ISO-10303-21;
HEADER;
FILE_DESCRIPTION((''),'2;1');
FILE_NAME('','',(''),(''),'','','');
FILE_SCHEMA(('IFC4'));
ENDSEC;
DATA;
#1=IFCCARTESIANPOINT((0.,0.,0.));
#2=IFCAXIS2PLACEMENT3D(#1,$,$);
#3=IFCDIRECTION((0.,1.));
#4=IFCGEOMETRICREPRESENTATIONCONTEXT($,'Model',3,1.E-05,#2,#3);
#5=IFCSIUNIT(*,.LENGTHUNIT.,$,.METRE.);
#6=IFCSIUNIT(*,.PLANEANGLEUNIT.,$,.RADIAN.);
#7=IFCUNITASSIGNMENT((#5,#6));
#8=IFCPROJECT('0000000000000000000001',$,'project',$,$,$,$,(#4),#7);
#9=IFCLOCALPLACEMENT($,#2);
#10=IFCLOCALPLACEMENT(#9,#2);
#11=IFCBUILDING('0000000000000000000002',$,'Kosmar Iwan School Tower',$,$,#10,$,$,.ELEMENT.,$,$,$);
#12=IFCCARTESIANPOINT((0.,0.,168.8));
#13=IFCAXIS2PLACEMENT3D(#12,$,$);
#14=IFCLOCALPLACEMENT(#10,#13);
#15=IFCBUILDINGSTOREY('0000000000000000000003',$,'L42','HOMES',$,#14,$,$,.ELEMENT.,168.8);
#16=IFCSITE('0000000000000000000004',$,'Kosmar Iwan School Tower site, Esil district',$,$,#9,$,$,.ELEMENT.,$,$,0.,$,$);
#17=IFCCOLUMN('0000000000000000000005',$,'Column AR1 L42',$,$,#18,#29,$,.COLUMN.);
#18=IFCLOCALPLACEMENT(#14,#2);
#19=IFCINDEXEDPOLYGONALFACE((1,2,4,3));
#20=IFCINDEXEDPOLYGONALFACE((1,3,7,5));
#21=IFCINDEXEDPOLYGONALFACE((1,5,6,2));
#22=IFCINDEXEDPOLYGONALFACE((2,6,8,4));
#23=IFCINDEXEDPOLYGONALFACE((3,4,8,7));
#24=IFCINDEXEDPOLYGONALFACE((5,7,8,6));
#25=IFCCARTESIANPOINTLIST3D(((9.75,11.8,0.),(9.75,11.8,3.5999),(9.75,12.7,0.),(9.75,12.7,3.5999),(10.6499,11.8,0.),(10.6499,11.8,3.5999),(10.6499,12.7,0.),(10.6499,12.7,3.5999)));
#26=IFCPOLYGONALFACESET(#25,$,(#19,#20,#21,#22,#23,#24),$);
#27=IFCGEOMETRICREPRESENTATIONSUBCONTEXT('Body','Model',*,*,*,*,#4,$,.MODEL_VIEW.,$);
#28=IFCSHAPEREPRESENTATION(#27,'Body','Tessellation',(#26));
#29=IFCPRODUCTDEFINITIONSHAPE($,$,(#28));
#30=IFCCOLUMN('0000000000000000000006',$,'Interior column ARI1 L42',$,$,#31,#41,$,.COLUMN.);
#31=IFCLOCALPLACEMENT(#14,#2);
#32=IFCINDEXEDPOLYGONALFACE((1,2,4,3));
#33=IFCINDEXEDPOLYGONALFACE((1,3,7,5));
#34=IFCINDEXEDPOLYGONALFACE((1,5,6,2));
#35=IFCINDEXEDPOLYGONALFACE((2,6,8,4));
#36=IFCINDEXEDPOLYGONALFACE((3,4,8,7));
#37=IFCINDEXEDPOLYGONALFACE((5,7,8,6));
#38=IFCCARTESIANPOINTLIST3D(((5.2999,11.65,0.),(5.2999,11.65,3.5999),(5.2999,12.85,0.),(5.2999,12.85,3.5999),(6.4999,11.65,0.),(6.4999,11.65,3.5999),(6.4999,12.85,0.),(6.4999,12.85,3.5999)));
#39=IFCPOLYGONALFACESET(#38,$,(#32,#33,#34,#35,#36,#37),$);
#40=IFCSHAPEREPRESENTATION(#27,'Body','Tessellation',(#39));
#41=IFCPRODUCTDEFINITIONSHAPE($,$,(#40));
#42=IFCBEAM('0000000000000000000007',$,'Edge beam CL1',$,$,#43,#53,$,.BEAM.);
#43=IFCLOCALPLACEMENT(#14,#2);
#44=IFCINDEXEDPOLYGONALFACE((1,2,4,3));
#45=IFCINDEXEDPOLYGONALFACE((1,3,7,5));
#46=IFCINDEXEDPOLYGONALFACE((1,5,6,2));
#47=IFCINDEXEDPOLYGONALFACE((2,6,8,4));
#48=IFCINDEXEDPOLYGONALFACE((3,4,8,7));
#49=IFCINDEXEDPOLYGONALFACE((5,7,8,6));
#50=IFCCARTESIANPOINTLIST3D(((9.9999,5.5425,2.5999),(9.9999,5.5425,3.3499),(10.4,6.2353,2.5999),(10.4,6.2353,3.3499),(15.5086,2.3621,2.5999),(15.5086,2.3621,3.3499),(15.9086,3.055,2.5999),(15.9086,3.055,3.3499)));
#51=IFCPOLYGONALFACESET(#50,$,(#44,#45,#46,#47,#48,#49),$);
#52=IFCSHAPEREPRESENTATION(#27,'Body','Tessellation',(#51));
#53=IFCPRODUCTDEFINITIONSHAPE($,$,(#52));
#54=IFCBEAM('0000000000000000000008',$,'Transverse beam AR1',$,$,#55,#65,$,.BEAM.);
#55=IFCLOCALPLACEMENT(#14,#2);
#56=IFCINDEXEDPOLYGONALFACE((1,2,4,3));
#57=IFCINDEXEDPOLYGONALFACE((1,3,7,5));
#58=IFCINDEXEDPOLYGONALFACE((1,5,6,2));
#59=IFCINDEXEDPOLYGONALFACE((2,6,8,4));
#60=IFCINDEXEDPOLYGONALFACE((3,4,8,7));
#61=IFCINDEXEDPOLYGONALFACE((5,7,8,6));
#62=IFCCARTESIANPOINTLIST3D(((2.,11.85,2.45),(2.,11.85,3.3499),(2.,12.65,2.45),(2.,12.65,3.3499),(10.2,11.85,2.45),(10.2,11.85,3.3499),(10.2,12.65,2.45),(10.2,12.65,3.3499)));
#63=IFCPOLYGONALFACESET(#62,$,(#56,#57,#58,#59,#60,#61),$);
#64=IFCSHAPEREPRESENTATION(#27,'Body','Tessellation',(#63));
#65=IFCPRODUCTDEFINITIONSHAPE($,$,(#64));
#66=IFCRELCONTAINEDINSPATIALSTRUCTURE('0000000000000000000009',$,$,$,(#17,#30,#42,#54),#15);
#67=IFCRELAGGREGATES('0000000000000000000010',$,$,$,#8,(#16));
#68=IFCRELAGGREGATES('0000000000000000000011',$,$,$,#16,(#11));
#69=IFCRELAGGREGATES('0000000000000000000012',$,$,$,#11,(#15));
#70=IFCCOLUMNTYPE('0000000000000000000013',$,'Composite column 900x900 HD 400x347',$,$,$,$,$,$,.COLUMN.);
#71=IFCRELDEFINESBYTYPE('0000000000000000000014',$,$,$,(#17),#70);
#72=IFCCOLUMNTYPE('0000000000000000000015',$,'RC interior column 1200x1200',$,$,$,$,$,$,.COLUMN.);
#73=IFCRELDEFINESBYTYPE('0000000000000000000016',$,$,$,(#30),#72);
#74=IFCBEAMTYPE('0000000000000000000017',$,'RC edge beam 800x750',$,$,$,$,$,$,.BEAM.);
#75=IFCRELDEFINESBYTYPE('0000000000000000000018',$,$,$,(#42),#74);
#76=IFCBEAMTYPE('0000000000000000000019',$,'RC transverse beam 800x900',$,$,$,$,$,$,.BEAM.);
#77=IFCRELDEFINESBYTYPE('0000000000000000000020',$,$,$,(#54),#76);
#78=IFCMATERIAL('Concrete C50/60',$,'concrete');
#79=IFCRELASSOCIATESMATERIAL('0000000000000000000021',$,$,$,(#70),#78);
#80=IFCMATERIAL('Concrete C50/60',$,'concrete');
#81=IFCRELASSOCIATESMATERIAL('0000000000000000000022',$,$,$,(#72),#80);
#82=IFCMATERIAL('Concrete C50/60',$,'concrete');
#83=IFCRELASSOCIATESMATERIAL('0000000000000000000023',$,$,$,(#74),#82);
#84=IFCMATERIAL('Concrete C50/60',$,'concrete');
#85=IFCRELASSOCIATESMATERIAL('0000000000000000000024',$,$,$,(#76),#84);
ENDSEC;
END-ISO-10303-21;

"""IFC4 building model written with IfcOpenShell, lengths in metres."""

from ifc_helpers import new_model, si_unit, direction, frame, origin, origin_2d, place, context, subcontext, project, spatial, rectangle, extrude, material, material_profile, profile_set, type_object, element, save


model = new_model("IFC4")

# Units and contexts
model_context = context("Model", 3, precision=1e-05, world=origin(), true_north=direction((0.0, 1.0)))
body_context = subcontext(model_context, "Body", "Model", "MODEL_VIEW")
ifc_project = project(units=[si_unit("LENGTHUNIT", "METRE"), si_unit("PLANEANGLEUNIT", "RADIAN")], contexts=[model_context])

# Site, building, storey
site_placement = place(None, origin())
site = spatial("IfcSite", under=ifc_project, at=site_placement, Name="Kosmar Iwan School Tower site, Esil district", CompositionType="ELEMENT", RefElevation=0.0)
building_placement = place(site_placement, origin())
building = spatial("IfcBuilding", under=site, at=building_placement, Name="Kosmar Iwan School Tower", CompositionType="ELEMENT")
storey_placement = place(building_placement, frame((0.0, 0.0, 168.8)))
storey = spatial("IfcBuildingStorey", under=building, at=storey_placement, Name="L42", Description="HOMES", CompositionType="ELEMENT", Elevation=168.8)

# Columns
ifc_material_1 = material(Name="Concrete C50/60", Category="concrete")
ifc_material_profile_1 = material_profile(ifc_material_1, rectangle(XDim=0.8999, YDim=0.8999, at=origin_2d()), Name="RC 900x900 + HD 400x347")
ifc_profile_set_1 = profile_set([ifc_material_profile_1], Name="Concrete C50/60")
column_type_1 = type_object("IfcColumnType", Name="Composite column 900x900 HD 400x347", PredefinedType="COLUMN", material=ifc_profile_set_1)
column_1_placement = place(storey_placement, frame((10.2, 12.25, 0.0), z_axis=(0.0, 0.0, 1.0), x_axis=(0.0, 1.0, 0.0)))
element("IfcColumn", 1, at=column_1_placement, inside=storey, type_object=column_type_1, Name="Column AR1 L42", PredefinedType="COLUMN", context=body_context, shape_type="SweptSolid", body=[
    extrude(rectangle(XDim=0.8999, YDim=0.8999, at=origin_2d()), origin(), (0.0, 0.0, 1.0), 3.5999),
])
ifc_material_2 = material(Name="Concrete C50/60", Category="concrete")
ifc_material_profile_2 = material_profile(ifc_material_2, rectangle(XDim=1.2, YDim=1.2, at=origin_2d()), Name="RC 1200x1200")
ifc_profile_set_2 = profile_set([ifc_material_profile_2], Name="Concrete C50/60")
column_type_2 = type_object("IfcColumnType", Name="RC interior column 1200x1200", PredefinedType="COLUMN", material=ifc_profile_set_2)
column_2_placement = place(storey_placement, frame((5.8999, 12.25, 0.0), z_axis=(0.0, 0.0, 1.0), x_axis=(0.0, 1.0, 0.0)))
element("IfcColumn", 2, at=column_2_placement, inside=storey, type_object=column_type_2, Name="Interior column ARI1 L42", PredefinedType="COLUMN", context=body_context, shape_type="SweptSolid", body=[
    extrude(rectangle(XDim=1.2, YDim=1.2, at=origin_2d()), origin(), (0.0, 0.0, 1.0), 3.5999),
])

# Beams
ifc_material_3 = material(Name="Concrete C50/60", Category="concrete")
ifc_material_profile_3 = material_profile(ifc_material_3, rectangle(XDim=0.8, YDim=0.75, at=origin_2d()), Name="RC 800x750")
ifc_profile_set_3 = profile_set([ifc_material_profile_3], Name="Concrete C50/60")
beam_type_1 = type_object("IfcBeamType", Name="RC edge beam 800x750", PredefinedType="BEAM", material=ifc_profile_set_3)
beam_1_placement = place(storey_placement, frame((10.2, 5.8889, 2.9749), z_axis=(0.866031, -0.49999, 0.0), x_axis=(0.49999, 0.866031, 0.0)))
element("IfcBeam", 3, at=beam_1_placement, inside=storey, type_object=beam_type_1, Name="Edge beam CL1", PredefinedType="BEAM", context=body_context, shape_type="SweptSolid", body=[
    extrude(rectangle(XDim=0.8, YDim=0.75, at=origin_2d()), origin(), (0.0, 0.0, 1.0), 6.3608),
])
ifc_material_4 = material(Name="Concrete C50/60", Category="concrete")
ifc_material_profile_4 = material_profile(ifc_material_4, rectangle(XDim=0.8, YDim=0.8999, at=origin_2d()), Name="RC 800x900")
ifc_profile_set_4 = profile_set([ifc_material_profile_4], Name="Concrete C50/60")
beam_type_2 = type_object("IfcBeamType", Name="RC transverse beam 800x900", PredefinedType="BEAM", material=ifc_profile_set_4)
beam_2_placement = place(storey_placement, frame((10.2, 12.25, 2.8999), z_axis=(-1.0, 0.0, 0.0), x_axis=(0.0, -1.0, 0.0)))
element("IfcBeam", 4, at=beam_2_placement, inside=storey, type_object=beam_type_2, Name="Transverse beam AR1", PredefinedType="BEAM", context=body_context, shape_type="SweptSolid", body=[
    extrude(rectangle(XDim=0.8, YDim=0.8999, at=origin_2d()), origin(), (0.0, 0.0, 1.0), 8.2),
])

save(model, "model.ifc")
